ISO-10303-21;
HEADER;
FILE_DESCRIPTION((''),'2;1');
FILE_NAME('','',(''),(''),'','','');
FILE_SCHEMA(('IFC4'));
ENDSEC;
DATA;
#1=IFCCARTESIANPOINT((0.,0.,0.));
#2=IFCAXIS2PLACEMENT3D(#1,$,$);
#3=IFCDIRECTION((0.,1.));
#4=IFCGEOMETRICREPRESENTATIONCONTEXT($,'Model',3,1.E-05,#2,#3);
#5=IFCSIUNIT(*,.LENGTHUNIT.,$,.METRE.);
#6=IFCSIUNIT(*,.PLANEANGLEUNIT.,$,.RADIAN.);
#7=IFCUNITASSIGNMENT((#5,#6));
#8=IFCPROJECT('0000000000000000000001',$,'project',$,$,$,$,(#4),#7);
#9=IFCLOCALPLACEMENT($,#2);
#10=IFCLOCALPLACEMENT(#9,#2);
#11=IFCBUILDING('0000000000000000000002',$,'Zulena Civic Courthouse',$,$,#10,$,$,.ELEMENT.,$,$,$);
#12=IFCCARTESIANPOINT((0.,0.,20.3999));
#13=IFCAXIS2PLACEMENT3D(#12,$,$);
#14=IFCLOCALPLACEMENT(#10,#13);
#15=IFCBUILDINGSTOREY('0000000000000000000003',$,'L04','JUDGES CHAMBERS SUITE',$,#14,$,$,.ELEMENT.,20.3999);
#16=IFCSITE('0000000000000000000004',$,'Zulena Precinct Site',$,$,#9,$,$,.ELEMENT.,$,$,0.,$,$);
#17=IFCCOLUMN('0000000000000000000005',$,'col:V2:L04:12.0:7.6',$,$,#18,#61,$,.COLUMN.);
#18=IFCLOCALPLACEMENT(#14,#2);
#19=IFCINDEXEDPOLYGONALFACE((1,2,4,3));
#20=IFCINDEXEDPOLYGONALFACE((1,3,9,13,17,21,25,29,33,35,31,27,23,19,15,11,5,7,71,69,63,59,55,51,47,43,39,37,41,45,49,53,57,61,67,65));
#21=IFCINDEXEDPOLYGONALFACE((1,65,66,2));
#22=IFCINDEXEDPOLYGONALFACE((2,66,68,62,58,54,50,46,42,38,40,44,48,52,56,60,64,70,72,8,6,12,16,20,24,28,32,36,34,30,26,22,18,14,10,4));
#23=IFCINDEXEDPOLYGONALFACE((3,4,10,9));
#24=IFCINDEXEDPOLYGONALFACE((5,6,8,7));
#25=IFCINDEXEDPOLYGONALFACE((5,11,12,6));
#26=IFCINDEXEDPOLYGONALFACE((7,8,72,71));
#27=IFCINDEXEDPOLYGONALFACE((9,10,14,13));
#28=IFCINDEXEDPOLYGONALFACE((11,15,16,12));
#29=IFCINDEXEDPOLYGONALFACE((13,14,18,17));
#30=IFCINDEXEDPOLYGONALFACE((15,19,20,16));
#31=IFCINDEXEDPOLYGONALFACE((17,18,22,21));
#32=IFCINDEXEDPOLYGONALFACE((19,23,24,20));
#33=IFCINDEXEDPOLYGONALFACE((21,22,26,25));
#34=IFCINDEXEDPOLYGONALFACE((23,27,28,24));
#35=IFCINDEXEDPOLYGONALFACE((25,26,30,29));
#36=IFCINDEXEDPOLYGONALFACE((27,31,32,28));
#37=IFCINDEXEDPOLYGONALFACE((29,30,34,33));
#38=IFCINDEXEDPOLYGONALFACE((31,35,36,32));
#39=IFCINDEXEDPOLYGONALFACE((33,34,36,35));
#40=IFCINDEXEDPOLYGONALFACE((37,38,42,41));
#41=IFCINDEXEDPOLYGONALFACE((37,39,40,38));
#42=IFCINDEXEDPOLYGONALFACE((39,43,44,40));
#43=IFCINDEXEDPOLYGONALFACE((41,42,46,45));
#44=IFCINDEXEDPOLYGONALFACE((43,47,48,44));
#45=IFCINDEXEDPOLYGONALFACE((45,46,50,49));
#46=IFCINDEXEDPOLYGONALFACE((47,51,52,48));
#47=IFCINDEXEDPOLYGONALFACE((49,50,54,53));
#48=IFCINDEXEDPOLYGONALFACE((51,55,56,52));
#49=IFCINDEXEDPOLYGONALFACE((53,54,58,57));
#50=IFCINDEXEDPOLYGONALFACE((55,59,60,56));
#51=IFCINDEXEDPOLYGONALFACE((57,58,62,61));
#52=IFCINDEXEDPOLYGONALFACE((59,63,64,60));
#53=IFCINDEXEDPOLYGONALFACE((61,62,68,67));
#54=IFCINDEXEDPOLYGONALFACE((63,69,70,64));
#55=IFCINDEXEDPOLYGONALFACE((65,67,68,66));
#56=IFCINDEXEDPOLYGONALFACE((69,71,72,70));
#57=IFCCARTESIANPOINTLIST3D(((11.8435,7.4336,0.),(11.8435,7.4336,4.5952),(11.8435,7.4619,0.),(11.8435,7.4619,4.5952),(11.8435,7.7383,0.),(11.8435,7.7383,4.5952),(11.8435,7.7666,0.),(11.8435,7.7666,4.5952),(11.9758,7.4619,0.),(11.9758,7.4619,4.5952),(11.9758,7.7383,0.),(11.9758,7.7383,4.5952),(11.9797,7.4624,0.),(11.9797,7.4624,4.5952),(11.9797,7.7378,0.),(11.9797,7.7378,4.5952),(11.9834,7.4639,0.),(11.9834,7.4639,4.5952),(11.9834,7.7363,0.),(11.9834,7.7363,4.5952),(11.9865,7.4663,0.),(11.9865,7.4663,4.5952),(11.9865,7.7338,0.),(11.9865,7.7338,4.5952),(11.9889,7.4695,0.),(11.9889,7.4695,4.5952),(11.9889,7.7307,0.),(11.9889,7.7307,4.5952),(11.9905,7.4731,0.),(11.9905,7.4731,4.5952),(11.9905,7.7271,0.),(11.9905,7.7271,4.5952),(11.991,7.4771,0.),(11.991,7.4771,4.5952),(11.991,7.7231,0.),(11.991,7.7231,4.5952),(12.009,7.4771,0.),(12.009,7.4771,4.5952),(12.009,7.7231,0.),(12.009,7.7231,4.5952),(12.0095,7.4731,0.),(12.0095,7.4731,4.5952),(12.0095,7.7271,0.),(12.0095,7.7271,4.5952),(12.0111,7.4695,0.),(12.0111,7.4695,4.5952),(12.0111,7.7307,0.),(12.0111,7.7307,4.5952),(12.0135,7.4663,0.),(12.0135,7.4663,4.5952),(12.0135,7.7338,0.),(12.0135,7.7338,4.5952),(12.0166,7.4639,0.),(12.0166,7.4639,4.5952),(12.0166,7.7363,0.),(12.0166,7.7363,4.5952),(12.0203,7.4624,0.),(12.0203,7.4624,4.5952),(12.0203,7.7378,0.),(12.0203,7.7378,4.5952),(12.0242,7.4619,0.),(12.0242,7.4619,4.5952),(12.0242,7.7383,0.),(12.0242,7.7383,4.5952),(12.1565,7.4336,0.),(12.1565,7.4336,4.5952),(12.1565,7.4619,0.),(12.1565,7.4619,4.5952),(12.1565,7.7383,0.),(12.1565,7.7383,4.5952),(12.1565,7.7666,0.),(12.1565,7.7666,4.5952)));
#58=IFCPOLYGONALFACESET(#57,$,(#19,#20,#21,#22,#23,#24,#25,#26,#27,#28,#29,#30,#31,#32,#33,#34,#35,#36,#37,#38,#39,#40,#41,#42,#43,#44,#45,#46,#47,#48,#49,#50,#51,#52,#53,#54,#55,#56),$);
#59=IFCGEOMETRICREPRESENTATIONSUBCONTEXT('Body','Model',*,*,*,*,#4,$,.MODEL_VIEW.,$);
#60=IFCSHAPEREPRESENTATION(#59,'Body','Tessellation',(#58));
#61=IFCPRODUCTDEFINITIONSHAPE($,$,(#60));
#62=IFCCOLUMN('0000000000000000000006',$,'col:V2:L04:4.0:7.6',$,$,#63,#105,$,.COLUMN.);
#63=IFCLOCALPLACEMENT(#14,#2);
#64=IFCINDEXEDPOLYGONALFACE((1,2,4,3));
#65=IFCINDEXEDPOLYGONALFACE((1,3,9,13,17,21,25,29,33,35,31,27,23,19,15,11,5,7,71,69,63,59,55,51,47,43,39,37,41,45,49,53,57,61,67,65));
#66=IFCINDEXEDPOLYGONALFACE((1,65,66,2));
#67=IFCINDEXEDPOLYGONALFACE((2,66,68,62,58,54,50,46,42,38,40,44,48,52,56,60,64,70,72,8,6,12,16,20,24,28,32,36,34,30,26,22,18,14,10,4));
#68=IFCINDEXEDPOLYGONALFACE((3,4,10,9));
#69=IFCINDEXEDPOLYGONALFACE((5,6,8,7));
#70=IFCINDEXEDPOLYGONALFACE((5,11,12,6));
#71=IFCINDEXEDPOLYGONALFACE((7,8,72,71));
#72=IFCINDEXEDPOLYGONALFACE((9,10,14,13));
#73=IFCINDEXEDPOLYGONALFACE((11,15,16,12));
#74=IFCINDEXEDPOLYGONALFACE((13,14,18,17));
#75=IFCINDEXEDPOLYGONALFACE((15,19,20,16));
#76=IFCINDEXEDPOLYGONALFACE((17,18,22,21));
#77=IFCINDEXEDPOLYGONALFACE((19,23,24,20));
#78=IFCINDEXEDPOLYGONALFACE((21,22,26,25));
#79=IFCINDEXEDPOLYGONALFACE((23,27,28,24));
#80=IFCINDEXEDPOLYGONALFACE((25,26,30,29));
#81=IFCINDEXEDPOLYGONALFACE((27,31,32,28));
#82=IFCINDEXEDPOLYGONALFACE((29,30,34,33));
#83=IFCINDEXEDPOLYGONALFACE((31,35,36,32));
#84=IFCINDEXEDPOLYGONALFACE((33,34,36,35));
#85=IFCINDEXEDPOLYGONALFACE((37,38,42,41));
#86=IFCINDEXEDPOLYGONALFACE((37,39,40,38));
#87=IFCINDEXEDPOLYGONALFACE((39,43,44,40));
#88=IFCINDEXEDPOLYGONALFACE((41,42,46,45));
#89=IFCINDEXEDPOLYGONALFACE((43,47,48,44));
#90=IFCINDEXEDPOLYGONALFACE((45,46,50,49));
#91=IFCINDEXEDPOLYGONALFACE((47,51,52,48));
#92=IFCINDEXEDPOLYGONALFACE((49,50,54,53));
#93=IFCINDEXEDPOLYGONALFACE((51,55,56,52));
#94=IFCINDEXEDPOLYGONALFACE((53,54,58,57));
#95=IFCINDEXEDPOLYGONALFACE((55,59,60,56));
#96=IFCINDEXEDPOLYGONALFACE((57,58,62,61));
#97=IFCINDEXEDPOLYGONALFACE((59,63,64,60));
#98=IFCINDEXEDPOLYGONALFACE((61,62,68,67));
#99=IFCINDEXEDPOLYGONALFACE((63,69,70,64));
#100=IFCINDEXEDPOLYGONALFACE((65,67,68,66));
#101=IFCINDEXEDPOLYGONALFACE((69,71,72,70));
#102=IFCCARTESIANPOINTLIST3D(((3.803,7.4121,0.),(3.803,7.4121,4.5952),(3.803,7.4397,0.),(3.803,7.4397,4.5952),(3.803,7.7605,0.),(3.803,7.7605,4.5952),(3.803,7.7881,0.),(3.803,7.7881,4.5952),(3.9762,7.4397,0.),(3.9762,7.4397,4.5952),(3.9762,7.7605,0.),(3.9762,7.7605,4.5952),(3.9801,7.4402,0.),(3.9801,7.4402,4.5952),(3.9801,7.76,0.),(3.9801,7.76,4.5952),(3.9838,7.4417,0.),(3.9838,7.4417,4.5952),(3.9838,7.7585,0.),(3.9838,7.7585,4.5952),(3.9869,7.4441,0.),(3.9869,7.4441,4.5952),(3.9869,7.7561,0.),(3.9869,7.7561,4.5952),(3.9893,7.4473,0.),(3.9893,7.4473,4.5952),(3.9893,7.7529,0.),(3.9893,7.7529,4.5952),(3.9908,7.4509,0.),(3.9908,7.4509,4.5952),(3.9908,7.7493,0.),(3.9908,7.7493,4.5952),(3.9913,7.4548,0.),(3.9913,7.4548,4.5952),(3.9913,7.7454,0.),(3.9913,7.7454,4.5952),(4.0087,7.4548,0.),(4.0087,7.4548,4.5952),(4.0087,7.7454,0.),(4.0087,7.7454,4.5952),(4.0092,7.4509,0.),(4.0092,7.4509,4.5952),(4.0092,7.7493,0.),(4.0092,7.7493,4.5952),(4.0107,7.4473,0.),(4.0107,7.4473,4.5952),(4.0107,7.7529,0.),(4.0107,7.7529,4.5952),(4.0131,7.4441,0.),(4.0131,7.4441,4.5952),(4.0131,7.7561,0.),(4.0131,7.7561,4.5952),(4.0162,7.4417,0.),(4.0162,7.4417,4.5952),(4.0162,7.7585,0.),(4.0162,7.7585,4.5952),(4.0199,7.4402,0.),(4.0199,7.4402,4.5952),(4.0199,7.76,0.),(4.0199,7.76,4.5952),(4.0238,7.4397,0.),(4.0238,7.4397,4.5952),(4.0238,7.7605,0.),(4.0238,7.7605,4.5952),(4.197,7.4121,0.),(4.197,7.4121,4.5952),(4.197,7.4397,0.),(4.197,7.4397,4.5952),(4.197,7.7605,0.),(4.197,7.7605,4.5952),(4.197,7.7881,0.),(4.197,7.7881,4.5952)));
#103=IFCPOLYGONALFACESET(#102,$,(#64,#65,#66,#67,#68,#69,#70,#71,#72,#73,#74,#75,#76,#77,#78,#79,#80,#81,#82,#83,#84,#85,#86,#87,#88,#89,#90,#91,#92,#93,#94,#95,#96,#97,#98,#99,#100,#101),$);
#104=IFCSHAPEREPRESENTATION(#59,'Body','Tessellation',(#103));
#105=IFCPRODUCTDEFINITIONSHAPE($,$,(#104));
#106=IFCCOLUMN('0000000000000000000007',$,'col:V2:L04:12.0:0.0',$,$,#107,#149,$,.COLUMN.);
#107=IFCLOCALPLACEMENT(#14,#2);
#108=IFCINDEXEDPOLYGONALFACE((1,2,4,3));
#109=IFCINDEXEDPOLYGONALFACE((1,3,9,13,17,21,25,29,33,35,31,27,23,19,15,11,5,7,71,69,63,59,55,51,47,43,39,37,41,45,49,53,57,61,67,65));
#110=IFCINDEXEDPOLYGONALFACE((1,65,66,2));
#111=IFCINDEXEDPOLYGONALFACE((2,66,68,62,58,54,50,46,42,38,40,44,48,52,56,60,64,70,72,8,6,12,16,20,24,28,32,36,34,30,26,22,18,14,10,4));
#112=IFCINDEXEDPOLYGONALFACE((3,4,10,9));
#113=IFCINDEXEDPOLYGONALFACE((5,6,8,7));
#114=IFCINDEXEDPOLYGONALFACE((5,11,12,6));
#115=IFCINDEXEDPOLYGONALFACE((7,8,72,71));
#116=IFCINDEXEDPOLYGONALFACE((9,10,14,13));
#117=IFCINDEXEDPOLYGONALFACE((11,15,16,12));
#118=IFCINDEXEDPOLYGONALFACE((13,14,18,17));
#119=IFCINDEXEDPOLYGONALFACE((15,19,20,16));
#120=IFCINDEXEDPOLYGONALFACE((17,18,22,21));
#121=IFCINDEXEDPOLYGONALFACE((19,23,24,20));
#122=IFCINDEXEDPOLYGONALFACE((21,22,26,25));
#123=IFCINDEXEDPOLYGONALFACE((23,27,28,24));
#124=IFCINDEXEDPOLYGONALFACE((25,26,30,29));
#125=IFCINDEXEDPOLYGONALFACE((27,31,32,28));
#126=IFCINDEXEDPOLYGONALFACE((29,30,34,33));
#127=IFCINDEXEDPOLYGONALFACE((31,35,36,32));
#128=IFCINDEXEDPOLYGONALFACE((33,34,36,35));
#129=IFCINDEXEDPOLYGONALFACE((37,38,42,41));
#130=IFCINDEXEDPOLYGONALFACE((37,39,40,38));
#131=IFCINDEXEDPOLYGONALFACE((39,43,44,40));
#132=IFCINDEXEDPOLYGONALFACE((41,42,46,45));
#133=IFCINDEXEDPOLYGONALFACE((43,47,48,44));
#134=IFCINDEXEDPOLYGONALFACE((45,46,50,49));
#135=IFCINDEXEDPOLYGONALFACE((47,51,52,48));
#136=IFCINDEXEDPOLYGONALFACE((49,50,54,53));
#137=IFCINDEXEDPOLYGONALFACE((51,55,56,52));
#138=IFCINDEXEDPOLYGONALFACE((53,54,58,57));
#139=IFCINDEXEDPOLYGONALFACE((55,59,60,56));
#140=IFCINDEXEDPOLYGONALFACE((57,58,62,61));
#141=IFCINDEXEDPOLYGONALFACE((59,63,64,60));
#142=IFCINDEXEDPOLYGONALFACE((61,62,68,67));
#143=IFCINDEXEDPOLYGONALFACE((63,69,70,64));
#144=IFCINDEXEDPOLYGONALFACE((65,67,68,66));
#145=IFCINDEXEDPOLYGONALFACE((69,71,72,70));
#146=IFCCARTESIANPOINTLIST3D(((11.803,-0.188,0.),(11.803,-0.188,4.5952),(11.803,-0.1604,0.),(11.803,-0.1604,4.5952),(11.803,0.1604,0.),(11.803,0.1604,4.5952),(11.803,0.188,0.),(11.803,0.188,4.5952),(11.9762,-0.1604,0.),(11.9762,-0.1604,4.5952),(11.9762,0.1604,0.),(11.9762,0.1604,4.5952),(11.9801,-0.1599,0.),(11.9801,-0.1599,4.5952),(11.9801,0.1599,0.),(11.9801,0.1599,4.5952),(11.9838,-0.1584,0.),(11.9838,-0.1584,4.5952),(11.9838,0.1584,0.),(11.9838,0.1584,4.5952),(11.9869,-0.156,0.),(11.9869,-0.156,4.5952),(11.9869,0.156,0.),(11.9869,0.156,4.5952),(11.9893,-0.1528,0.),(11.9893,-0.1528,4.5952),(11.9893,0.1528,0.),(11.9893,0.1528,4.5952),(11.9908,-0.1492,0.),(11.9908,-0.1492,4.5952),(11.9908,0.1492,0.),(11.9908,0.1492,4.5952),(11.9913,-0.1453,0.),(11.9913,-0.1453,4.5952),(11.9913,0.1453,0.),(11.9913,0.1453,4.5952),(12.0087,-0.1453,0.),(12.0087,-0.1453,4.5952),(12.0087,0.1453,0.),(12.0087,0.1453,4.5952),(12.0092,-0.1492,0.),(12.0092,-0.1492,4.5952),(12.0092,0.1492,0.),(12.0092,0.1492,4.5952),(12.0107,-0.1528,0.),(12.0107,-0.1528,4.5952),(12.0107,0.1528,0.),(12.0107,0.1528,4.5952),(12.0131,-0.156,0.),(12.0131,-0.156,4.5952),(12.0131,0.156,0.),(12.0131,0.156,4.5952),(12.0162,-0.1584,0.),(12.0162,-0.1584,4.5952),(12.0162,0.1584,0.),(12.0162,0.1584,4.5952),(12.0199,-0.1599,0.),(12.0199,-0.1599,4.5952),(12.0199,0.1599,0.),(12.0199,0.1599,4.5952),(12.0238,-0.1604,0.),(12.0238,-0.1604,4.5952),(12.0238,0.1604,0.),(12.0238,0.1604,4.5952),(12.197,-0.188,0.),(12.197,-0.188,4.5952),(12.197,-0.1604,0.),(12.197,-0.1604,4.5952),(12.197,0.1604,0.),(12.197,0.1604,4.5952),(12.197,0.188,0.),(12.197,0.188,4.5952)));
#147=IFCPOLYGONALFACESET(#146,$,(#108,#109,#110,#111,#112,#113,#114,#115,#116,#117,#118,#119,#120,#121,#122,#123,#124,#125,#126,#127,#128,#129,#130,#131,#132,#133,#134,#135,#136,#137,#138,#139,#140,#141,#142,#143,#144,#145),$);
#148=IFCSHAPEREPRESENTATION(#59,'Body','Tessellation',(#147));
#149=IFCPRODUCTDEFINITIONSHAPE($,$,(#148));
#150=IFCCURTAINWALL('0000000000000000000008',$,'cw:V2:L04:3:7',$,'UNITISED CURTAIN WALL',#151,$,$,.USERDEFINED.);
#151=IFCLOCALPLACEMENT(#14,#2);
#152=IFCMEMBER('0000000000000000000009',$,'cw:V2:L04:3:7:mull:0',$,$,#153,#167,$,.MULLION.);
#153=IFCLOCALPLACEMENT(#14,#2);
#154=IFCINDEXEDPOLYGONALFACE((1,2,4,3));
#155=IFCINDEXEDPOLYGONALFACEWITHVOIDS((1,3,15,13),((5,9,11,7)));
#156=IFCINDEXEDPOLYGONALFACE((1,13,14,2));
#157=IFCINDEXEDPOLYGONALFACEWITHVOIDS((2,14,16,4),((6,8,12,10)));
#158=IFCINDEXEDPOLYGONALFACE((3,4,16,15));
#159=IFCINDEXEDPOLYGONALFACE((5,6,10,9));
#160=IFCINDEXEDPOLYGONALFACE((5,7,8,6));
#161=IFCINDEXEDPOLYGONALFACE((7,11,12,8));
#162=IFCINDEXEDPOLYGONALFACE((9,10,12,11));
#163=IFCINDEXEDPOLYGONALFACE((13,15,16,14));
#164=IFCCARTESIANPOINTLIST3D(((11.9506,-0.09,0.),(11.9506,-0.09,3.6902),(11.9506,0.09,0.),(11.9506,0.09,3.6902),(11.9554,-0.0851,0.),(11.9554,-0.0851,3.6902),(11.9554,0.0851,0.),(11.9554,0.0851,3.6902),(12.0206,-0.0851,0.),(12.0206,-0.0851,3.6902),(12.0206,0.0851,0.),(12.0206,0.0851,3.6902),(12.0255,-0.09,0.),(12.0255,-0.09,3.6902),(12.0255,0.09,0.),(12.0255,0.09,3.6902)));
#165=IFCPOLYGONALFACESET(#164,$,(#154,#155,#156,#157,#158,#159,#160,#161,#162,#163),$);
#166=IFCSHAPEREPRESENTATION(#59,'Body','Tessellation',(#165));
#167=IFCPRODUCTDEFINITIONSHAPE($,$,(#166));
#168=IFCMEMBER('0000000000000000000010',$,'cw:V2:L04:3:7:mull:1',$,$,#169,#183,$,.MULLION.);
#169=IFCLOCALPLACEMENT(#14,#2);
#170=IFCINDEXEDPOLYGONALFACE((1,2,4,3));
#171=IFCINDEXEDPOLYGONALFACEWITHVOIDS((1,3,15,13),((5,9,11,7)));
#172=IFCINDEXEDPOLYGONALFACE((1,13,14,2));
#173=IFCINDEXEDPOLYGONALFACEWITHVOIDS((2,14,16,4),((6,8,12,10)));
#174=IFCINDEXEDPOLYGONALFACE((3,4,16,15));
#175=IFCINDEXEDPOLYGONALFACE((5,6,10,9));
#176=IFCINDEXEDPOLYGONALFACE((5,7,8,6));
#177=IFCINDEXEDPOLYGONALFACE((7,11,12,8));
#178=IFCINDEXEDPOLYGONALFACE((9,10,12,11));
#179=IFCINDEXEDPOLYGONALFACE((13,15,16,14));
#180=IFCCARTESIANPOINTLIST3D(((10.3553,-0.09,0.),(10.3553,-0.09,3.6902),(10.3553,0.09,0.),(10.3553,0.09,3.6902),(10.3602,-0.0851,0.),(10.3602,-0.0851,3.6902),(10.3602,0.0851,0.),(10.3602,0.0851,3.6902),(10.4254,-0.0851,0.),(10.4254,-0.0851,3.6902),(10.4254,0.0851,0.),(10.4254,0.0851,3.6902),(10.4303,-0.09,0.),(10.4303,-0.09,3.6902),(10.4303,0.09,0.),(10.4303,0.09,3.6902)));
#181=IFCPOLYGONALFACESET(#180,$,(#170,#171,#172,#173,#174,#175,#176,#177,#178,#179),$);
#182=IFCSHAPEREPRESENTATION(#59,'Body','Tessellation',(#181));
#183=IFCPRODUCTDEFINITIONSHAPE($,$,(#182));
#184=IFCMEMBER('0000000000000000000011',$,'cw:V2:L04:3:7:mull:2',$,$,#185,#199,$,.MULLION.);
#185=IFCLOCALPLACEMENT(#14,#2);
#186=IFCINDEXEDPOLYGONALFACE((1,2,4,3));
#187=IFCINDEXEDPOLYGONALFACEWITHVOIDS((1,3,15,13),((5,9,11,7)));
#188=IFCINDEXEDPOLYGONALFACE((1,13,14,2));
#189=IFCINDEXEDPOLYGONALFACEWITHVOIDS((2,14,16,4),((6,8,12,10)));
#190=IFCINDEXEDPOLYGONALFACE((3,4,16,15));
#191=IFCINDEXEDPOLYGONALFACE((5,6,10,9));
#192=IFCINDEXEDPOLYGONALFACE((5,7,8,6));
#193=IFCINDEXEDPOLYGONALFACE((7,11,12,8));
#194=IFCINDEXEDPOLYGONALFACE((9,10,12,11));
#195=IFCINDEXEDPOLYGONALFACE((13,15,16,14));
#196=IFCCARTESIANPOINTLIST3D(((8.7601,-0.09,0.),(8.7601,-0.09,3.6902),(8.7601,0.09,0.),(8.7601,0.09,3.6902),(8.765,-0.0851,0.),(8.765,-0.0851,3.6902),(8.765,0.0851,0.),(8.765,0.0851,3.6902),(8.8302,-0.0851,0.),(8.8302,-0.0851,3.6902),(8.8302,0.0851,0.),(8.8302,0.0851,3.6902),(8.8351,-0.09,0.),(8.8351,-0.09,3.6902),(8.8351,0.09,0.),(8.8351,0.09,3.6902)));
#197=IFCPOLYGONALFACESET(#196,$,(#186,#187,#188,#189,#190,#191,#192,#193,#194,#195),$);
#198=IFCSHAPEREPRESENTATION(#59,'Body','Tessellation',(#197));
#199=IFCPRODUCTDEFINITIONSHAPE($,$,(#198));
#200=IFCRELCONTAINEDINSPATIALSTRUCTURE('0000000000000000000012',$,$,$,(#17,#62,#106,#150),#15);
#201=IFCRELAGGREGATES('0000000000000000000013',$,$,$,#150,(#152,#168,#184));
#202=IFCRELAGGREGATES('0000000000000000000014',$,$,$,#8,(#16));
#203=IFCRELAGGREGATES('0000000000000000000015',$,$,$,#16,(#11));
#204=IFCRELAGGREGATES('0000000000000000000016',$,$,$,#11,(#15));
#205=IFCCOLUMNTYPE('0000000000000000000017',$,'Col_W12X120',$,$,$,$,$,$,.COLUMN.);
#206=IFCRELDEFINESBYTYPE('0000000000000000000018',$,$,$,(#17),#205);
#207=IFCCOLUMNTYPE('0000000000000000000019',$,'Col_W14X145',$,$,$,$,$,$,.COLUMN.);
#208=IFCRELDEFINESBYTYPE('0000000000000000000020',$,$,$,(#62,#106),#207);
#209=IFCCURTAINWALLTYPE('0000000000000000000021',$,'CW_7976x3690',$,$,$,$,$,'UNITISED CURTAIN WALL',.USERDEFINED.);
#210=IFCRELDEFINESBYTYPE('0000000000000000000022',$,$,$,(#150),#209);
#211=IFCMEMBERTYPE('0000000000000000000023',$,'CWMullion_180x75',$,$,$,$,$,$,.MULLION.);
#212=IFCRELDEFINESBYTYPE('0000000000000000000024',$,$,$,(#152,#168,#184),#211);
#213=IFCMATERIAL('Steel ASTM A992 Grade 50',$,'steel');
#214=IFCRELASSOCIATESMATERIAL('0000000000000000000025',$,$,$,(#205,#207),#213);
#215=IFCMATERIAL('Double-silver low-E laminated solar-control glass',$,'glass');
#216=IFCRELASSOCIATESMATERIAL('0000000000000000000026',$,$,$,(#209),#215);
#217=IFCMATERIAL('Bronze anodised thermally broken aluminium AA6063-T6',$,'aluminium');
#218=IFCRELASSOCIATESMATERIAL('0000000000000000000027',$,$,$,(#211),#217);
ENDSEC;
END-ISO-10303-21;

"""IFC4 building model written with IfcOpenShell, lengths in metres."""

from ifc_helpers import new_model, si_unit, direction, frame, origin, origin_2d, place, context, subcontext, project, spatial, hollow_rectangle, i_section, extrude, material, material_profile, profile_set, type_object, element, aggregate, save


model = new_model("IFC4")

# Units and contexts
model_context = context("Model", 3, precision=1e-05, world=origin(), true_north=direction((0.0, 1.0)))
body_context = subcontext(model_context, "Body", "Model", "MODEL_VIEW")
ifc_project = project(units=[si_unit("LENGTHUNIT", "METRE"), si_unit("PLANEANGLEUNIT", "RADIAN")], contexts=[model_context])

# Site, building, storey
site_placement = place(None, origin())
site = spatial("IfcSite", under=ifc_project, at=site_placement, Name="Zulena Precinct Site", CompositionType="ELEMENT", RefElevation=0.0)
building_placement = place(site_placement, origin())
building = spatial("IfcBuilding", under=site, at=building_placement, Name="Zulena Civic Courthouse", CompositionType="ELEMENT")
storey_placement = place(building_placement, frame((0.0, 0.0, 20.3999)))
storey = spatial("IfcBuildingStorey", under=building, at=storey_placement, Name="L04", Description="JUDGES CHAMBERS SUITE", CompositionType="ELEMENT", Elevation=20.3999)

# Columns
ifc_material_1 = material(Name="Steel ASTM A992 Grade 50", Category="steel")
ifc_material_profile_1 = material_profile(ifc_material_1, i_section(OverallWidth=0.313, OverallDepth=0.333, WebThickness=0.0181, FlangeThickness=0.0283, FilletRadius=0.0151, at=origin_2d()), Name="W12X120")
ifc_profile_set_1 = profile_set([ifc_material_profile_1], Name="Steel ASTM A992 Grade 50")
column_type_1 = type_object("IfcColumnType", Name="Col_W12X120", PredefinedType="COLUMN", material=ifc_profile_set_1)
column_placement = place(storey_placement, frame((12.0, 7.6001, 0.0), z_axis=(0.0, 0.0, 1.0), x_axis=(1.0, 0.0, 0.0)))
element("IfcColumn", 1, at=column_placement, inside=storey, type_object=column_type_1, Name="col:V2:L04:12.0:7.6", PredefinedType="COLUMN", context=body_context, shape_type="SweptSolid", body=[
    extrude(i_section(OverallWidth=0.313, OverallDepth=0.333, WebThickness=0.0181, FlangeThickness=0.0283, FilletRadius=0.0151, at=origin_2d()), origin(), (0.0, 0.0, 1.0), 4.5952),
])
ifc_material_profile_2 = material_profile(ifc_material_1, i_section(OverallWidth=0.394, OverallDepth=0.376, WebThickness=0.0173, FlangeThickness=0.0276, FilletRadius=0.0151, at=origin_2d()), Name="W14X145")
ifc_profile_set_2 = profile_set([ifc_material_profile_2], Name="Steel ASTM A992 Grade 50")
column_type_2 = type_object("IfcColumnType", Name="Col_W14X145", PredefinedType="COLUMN", material=ifc_profile_set_2)
for number, where, z_axis, x_axis, name in (
    (2, (4.0, 7.6001, 0.0), (0.0, 0.0, 1.0), (1.0, 0.0, 0.0), "col:V2:L04:4.0:7.6"),
    (3, (12.0, 0.0, 0.0), (0.0, 0.0, 1.0), (1.0, 0.0, 0.0), "col:V2:L04:12.0:0.0"),
):
    element("IfcColumn", number, at=place(storey_placement, frame(where, z_axis=z_axis, x_axis=x_axis)), inside=storey, type_object=column_type_2, Name=name, PredefinedType="COLUMN", context=body_context, shape_type="SweptSolid", body=[
        extrude(i_section(OverallWidth=0.394, OverallDepth=0.376, WebThickness=0.0173, FlangeThickness=0.0276, FilletRadius=0.0151, at=origin_2d()), origin(), (0.0, 0.0, 1.0), 4.5952),
    ])

# Curtain wall, members
ifc_material_2 = material(Name="Double-silver low-E laminated solar-control glass", Category="glass")
curtain_wall_type = type_object("IfcCurtainWallType", Name="CW_7976x3690", ElementType="UNITISED CURTAIN WALL", PredefinedType="USERDEFINED", material=ifc_material_2)
curtain_wall_placement = place(storey_placement, origin())
curtain_wall = element("IfcCurtainWall", 4, at=curtain_wall_placement, inside=storey, type_object=curtain_wall_type, Name="cw:V2:L04:3:7", ObjectType="UNITISED CURTAIN WALL", PredefinedType="USERDEFINED")
ifc_material_3 = material(Name="Bronze anodised thermally broken aluminium AA6063-T6", Category="aluminium")
ifc_material_profile_3 = material_profile(ifc_material_3, hollow_rectangle(XDim=0.075, YDim=0.1799, WallThickness=0.0049, at=origin_2d()), Name="CWM180X75X5")
ifc_profile_set_3 = profile_set([ifc_material_profile_3], Name="Bronze anodised thermally broken aluminium AA6063-T6")
member_type_1 = type_object("IfcMemberType", Name="CWMullion_180x75", PredefinedType="MULLION", material=ifc_profile_set_3)
member_1_placement = place(storey_placement, frame((11.988, 0.0, 0.0), z_axis=(0.0, 0.0, 1.0), x_axis=(1.0, 0.0, 0.0)))
member_1 = element("IfcMember", 5, at=member_1_placement, type_object=member_type_1, Name="cw:V2:L04:3:7:mull:0", PredefinedType="MULLION", context=body_context, shape_type="SweptSolid", body=[
    extrude(hollow_rectangle(XDim=0.075, YDim=0.1799, WallThickness=0.0049, at=origin_2d()), origin(), (0.0, 0.0, 1.0), 3.6902),
])
member_2_placement = place(storey_placement, frame((10.3928, 0.0, 0.0), z_axis=(0.0, 0.0, 1.0), x_axis=(1.0, 0.0, 0.0)))
member_2 = element("IfcMember", 6, at=member_2_placement, type_object=member_type_1, Name="cw:V2:L04:3:7:mull:1", PredefinedType="MULLION", context=body_context, shape_type="SweptSolid", body=[
    extrude(hollow_rectangle(XDim=0.075, YDim=0.1799, WallThickness=0.0049, at=origin_2d()), origin(), (0.0, 0.0, 1.0), 3.6902),
])
member_3_placement = place(storey_placement, frame((8.7976, 0.0, 0.0), z_axis=(0.0, 0.0, 1.0), x_axis=(1.0, 0.0, 0.0)))
member_3 = element("IfcMember", 7, at=member_3_placement, type_object=member_type_1, Name="cw:V2:L04:3:7:mull:2", PredefinedType="MULLION", context=body_context, shape_type="SweptSolid", body=[
    extrude(hollow_rectangle(XDim=0.075, YDim=0.1799, WallThickness=0.0049, at=origin_2d()), origin(), (0.0, 0.0, 1.0), 3.6902),
])

aggregate(curtain_wall, [member_1, member_2, member_3])

save(model, "model.ifc")
